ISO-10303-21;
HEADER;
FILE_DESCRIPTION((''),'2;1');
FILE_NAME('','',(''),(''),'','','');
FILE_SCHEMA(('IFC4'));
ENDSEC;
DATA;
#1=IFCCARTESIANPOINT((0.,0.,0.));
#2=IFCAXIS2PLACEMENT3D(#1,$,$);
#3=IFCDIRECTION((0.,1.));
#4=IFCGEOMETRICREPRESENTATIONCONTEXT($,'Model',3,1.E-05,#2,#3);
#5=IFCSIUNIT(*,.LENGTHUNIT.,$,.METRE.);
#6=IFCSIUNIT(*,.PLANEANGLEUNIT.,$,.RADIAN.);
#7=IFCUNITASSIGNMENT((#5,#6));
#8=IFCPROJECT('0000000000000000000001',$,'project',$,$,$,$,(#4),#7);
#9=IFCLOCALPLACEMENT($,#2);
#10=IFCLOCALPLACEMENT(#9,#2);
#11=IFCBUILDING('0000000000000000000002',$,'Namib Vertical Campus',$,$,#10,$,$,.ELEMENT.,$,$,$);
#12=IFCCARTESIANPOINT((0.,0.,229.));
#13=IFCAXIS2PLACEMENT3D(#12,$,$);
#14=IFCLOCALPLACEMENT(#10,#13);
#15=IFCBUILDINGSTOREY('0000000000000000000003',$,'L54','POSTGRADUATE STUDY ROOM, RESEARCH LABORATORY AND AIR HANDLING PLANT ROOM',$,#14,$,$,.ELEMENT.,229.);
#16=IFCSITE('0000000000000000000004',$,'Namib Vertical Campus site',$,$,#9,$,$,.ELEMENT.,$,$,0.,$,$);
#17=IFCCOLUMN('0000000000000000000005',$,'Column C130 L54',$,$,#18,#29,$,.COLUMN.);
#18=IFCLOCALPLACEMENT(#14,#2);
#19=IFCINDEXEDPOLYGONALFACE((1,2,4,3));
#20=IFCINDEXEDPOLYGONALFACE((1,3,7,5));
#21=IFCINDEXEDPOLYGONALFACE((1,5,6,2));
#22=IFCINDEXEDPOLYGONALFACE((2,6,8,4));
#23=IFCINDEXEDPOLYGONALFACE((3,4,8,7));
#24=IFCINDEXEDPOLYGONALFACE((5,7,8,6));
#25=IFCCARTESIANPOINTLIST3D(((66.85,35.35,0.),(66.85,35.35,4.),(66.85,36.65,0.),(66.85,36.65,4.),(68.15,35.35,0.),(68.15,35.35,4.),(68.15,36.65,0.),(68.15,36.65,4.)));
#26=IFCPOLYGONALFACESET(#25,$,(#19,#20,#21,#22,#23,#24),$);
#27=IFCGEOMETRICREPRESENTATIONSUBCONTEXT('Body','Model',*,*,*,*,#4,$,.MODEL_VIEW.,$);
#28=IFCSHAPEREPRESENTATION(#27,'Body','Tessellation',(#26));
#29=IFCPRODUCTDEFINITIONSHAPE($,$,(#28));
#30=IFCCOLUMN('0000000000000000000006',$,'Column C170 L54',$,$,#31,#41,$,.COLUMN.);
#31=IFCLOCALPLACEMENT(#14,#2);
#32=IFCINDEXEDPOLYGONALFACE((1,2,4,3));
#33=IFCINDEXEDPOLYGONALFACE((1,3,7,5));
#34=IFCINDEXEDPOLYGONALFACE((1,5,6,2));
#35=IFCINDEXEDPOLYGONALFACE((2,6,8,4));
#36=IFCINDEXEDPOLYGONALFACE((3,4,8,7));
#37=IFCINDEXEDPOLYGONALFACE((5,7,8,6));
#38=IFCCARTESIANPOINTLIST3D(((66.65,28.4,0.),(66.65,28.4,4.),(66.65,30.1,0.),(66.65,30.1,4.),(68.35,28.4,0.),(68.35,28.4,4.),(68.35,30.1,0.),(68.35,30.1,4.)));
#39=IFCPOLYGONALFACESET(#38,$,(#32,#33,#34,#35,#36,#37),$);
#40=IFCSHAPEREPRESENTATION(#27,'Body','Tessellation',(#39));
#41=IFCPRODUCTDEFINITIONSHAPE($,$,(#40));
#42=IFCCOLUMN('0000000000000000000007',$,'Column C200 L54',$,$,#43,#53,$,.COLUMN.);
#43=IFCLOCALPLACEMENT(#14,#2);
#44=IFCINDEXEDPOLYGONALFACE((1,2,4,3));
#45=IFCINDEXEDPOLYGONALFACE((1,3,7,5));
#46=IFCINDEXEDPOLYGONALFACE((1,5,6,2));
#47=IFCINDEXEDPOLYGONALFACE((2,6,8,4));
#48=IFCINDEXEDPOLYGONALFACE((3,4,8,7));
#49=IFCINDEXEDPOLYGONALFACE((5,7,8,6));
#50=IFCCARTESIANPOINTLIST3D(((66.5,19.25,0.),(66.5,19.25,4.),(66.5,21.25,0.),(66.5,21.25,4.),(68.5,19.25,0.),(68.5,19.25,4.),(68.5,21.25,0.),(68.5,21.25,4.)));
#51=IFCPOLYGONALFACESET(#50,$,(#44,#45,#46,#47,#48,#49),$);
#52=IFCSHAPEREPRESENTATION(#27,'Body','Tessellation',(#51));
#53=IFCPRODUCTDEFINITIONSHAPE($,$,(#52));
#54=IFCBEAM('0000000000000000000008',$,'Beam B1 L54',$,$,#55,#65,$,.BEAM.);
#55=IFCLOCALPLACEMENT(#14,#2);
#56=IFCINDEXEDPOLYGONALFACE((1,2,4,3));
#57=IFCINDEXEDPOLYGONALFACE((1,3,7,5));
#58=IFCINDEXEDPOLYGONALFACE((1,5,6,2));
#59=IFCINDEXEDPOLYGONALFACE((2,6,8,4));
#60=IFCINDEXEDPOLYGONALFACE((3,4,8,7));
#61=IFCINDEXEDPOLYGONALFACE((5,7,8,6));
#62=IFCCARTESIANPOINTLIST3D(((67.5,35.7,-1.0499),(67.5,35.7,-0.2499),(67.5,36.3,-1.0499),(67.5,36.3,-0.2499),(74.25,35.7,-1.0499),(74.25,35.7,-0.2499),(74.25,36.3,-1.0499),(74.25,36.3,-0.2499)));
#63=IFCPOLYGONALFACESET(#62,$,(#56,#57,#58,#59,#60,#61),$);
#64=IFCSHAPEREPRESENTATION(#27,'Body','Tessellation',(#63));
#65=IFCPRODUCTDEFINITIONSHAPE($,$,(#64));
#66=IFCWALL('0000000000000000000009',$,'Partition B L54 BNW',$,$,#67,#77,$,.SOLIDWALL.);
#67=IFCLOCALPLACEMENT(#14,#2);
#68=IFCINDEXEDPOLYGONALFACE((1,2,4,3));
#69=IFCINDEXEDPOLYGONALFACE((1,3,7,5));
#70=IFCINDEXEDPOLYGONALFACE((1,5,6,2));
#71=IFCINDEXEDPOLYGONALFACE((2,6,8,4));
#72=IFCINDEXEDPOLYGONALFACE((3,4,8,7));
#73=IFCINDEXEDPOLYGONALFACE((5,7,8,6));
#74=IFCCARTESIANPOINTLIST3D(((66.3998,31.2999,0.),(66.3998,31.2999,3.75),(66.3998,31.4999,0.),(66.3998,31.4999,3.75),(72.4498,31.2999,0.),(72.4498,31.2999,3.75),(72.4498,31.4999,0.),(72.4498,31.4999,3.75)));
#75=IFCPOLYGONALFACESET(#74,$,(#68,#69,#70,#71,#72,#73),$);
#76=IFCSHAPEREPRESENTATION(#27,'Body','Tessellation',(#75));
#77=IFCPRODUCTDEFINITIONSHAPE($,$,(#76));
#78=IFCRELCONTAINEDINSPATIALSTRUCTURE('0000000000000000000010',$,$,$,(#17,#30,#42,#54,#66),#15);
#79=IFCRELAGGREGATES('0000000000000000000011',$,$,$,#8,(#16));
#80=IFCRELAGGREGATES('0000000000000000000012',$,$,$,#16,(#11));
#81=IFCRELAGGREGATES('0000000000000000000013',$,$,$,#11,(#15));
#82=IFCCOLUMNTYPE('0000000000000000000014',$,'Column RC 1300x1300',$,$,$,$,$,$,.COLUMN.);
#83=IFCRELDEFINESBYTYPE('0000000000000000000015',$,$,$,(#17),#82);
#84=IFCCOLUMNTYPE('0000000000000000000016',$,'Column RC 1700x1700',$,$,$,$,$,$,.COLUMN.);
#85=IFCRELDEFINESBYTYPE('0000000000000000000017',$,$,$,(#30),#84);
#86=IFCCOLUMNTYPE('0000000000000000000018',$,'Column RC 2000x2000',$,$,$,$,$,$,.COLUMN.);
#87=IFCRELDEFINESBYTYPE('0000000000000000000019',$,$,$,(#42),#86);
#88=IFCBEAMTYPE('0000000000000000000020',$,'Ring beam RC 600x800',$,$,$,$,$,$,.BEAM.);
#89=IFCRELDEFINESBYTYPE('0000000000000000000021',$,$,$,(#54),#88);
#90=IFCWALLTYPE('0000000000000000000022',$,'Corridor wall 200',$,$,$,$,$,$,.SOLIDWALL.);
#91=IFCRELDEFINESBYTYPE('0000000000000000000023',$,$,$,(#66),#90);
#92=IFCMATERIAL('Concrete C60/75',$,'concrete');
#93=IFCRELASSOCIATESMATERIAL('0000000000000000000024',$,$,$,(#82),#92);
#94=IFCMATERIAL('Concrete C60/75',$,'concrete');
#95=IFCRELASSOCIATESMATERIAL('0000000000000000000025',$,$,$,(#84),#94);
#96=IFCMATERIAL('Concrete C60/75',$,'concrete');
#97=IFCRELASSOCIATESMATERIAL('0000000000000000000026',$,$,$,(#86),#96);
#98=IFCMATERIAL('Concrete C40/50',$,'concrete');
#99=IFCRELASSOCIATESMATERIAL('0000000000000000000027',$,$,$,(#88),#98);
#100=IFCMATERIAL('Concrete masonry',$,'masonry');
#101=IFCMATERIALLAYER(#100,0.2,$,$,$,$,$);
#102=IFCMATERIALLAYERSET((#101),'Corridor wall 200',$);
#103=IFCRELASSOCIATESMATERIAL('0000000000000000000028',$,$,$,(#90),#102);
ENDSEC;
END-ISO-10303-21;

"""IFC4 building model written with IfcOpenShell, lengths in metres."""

from ifc_helpers import new_model, si_unit, direction, frame, frame_2d, origin, origin_2d, place, context, subcontext, project, spatial, rectangle, extrude, material, layer, layer_set, material_profile, profile_set, type_object, element, save


model = new_model("IFC4")

# Units and contexts
model_context = context("Model", 3, precision=1e-05, world=origin(), true_north=direction((0.0, 1.0)))
body_context = subcontext(model_context, "Body", "Model", "MODEL_VIEW")
ifc_project = project(units=[si_unit("LENGTHUNIT", "METRE"), si_unit("PLANEANGLEUNIT", "RADIAN")], contexts=[model_context])

# Site, building, storey
site_placement = place(None, origin())
site = spatial("IfcSite", under=ifc_project, at=site_placement, Name="Namib Vertical Campus site", CompositionType="ELEMENT", RefElevation=0.0)
building_placement = place(site_placement, origin())
building = spatial("IfcBuilding", under=site, at=building_placement, Name="Namib Vertical Campus", CompositionType="ELEMENT")
storey_placement = place(building_placement, frame((0.0, 0.0, 229.0)))
storey = spatial("IfcBuildingStorey", under=building, at=storey_placement, Name="L54", Description="POSTGRADUATE STUDY ROOM, RESEARCH LABORATORY AND AIR HANDLING PLANT ROOM", CompositionType="ELEMENT", Elevation=229.0)

# Columns
ifc_material_1 = material(Name="Concrete C60/75", Category="concrete")
ifc_material_profile_1 = material_profile(ifc_material_1, rectangle(XDim=1.3, YDim=1.3, at=origin_2d()))
ifc_profile_set_1 = profile_set([ifc_material_profile_1], Name="Concrete C60/75")
column_type_1 = type_object("IfcColumnType", Name="Column RC 1300x1300", PredefinedType="COLUMN", material=ifc_profile_set_1)
column_1_placement = place(storey_placement, frame((67.5, 36.0, 0.0), z_axis=(0.0, 0.0, 1.0), x_axis=(1.0, 0.0, 0.0)))
element("IfcColumn", 1, at=column_1_placement, inside=storey, type_object=column_type_1, Name="Column C130 L54", PredefinedType="COLUMN", context=body_context, shape_type="SweptSolid", body=[
    extrude(rectangle(XDim=1.3, YDim=1.3, at=origin_2d()), origin(), (0.0, 0.0, 1.0), 4.0),
])
ifc_material_2 = material(Name="Concrete C60/75", Category="concrete")
ifc_material_profile_2 = material_profile(ifc_material_2, rectangle(XDim=1.7, YDim=1.7, at=origin_2d()))
ifc_profile_set_2 = profile_set([ifc_material_profile_2], Name="Concrete C60/75")
column_type_2 = type_object("IfcColumnType", Name="Column RC 1700x1700", PredefinedType="COLUMN", material=ifc_profile_set_2)
column_2_placement = place(storey_placement, frame((67.5, 29.25, 0.0), z_axis=(0.0, 0.0, 1.0), x_axis=(1.0, 0.0, 0.0)))
element("IfcColumn", 2, at=column_2_placement, inside=storey, type_object=column_type_2, Name="Column C170 L54", PredefinedType="COLUMN", context=body_context, shape_type="SweptSolid", body=[
    extrude(rectangle(XDim=1.7, YDim=1.7, at=origin_2d()), origin(), (0.0, 0.0, 1.0), 4.0),
])
ifc_material_3 = material(Name="Concrete C60/75", Category="concrete")
ifc_material_profile_3 = material_profile(ifc_material_3, rectangle(XDim=2.0, YDim=2.0, at=origin_2d()))
ifc_profile_set_3 = profile_set([ifc_material_profile_3], Name="Concrete C60/75")
column_type_3 = type_object("IfcColumnType", Name="Column RC 2000x2000", PredefinedType="COLUMN", material=ifc_profile_set_3)
column_3_placement = place(storey_placement, frame((67.5, 20.25, 0.0), z_axis=(0.0, 0.0, 1.0), x_axis=(1.0, 0.0, 0.0)))
element("IfcColumn", 3, at=column_3_placement, inside=storey, type_object=column_type_3, Name="Column C200 L54", PredefinedType="COLUMN", context=body_context, shape_type="SweptSolid", body=[
    extrude(rectangle(XDim=2.0, YDim=2.0, at=origin_2d()), origin(), (0.0, 0.0, 1.0), 4.0),
])

# Beam
ifc_material_4 = material(Name="Concrete C40/50", Category="concrete")
ifc_material_profile_4 = material_profile(ifc_material_4, rectangle(XDim=0.6001, YDim=0.8, at=origin_2d()))
ifc_profile_set_4 = profile_set([ifc_material_profile_4], Name="Concrete C40/50")
beam_type = type_object("IfcBeamType", Name="Ring beam RC 600x800", PredefinedType="BEAM", material=ifc_profile_set_4)
beam_placement = place(storey_placement, frame((67.5, 36.0, -0.6499), z_axis=(1.0, 0.0, 0.0), x_axis=(0.0, 1.0, 0.0)))
element("IfcBeam", 4, at=beam_placement, inside=storey, type_object=beam_type, Name="Beam B1 L54", PredefinedType="BEAM", context=body_context, shape_type="SweptSolid", body=[
    extrude(rectangle(XDim=0.6001, YDim=0.8, at=origin_2d()), origin(), (0.0, 0.0, 1.0), 6.75),
])

# Wall
ifc_material_5 = material(Name="Concrete masonry", Category="masonry")
ifc_layer_1 = layer(ifc_material_5, 0.2)
ifc_layer_set_1 = layer_set([ifc_layer_1], Name="Corridor wall 200")
wall_type_1 = type_object("IfcWallType", Name="Corridor wall 200", PredefinedType="SOLIDWALL", material=ifc_layer_set_1)
wall_1_placement = place(storey_placement, frame((66.3999, 31.3999, 0.0), z_axis=(0.0, 0.0, 1.0), x_axis=(1.0, 0.0, 0.0)))
element("IfcWall", 5, at=wall_1_placement, inside=storey, type_object=wall_type_1, Name="Partition B L54 BNW", PredefinedType="SOLIDWALL", context=body_context, shape_type="SweptSolid", body=[
    extrude(rectangle(XDim=6.05, YDim=0.2, at=frame_2d((3.0249, 0.0))), origin(), (0.0, 0.0, 1.0), 3.75),
])

save(model, "model.ifc")
